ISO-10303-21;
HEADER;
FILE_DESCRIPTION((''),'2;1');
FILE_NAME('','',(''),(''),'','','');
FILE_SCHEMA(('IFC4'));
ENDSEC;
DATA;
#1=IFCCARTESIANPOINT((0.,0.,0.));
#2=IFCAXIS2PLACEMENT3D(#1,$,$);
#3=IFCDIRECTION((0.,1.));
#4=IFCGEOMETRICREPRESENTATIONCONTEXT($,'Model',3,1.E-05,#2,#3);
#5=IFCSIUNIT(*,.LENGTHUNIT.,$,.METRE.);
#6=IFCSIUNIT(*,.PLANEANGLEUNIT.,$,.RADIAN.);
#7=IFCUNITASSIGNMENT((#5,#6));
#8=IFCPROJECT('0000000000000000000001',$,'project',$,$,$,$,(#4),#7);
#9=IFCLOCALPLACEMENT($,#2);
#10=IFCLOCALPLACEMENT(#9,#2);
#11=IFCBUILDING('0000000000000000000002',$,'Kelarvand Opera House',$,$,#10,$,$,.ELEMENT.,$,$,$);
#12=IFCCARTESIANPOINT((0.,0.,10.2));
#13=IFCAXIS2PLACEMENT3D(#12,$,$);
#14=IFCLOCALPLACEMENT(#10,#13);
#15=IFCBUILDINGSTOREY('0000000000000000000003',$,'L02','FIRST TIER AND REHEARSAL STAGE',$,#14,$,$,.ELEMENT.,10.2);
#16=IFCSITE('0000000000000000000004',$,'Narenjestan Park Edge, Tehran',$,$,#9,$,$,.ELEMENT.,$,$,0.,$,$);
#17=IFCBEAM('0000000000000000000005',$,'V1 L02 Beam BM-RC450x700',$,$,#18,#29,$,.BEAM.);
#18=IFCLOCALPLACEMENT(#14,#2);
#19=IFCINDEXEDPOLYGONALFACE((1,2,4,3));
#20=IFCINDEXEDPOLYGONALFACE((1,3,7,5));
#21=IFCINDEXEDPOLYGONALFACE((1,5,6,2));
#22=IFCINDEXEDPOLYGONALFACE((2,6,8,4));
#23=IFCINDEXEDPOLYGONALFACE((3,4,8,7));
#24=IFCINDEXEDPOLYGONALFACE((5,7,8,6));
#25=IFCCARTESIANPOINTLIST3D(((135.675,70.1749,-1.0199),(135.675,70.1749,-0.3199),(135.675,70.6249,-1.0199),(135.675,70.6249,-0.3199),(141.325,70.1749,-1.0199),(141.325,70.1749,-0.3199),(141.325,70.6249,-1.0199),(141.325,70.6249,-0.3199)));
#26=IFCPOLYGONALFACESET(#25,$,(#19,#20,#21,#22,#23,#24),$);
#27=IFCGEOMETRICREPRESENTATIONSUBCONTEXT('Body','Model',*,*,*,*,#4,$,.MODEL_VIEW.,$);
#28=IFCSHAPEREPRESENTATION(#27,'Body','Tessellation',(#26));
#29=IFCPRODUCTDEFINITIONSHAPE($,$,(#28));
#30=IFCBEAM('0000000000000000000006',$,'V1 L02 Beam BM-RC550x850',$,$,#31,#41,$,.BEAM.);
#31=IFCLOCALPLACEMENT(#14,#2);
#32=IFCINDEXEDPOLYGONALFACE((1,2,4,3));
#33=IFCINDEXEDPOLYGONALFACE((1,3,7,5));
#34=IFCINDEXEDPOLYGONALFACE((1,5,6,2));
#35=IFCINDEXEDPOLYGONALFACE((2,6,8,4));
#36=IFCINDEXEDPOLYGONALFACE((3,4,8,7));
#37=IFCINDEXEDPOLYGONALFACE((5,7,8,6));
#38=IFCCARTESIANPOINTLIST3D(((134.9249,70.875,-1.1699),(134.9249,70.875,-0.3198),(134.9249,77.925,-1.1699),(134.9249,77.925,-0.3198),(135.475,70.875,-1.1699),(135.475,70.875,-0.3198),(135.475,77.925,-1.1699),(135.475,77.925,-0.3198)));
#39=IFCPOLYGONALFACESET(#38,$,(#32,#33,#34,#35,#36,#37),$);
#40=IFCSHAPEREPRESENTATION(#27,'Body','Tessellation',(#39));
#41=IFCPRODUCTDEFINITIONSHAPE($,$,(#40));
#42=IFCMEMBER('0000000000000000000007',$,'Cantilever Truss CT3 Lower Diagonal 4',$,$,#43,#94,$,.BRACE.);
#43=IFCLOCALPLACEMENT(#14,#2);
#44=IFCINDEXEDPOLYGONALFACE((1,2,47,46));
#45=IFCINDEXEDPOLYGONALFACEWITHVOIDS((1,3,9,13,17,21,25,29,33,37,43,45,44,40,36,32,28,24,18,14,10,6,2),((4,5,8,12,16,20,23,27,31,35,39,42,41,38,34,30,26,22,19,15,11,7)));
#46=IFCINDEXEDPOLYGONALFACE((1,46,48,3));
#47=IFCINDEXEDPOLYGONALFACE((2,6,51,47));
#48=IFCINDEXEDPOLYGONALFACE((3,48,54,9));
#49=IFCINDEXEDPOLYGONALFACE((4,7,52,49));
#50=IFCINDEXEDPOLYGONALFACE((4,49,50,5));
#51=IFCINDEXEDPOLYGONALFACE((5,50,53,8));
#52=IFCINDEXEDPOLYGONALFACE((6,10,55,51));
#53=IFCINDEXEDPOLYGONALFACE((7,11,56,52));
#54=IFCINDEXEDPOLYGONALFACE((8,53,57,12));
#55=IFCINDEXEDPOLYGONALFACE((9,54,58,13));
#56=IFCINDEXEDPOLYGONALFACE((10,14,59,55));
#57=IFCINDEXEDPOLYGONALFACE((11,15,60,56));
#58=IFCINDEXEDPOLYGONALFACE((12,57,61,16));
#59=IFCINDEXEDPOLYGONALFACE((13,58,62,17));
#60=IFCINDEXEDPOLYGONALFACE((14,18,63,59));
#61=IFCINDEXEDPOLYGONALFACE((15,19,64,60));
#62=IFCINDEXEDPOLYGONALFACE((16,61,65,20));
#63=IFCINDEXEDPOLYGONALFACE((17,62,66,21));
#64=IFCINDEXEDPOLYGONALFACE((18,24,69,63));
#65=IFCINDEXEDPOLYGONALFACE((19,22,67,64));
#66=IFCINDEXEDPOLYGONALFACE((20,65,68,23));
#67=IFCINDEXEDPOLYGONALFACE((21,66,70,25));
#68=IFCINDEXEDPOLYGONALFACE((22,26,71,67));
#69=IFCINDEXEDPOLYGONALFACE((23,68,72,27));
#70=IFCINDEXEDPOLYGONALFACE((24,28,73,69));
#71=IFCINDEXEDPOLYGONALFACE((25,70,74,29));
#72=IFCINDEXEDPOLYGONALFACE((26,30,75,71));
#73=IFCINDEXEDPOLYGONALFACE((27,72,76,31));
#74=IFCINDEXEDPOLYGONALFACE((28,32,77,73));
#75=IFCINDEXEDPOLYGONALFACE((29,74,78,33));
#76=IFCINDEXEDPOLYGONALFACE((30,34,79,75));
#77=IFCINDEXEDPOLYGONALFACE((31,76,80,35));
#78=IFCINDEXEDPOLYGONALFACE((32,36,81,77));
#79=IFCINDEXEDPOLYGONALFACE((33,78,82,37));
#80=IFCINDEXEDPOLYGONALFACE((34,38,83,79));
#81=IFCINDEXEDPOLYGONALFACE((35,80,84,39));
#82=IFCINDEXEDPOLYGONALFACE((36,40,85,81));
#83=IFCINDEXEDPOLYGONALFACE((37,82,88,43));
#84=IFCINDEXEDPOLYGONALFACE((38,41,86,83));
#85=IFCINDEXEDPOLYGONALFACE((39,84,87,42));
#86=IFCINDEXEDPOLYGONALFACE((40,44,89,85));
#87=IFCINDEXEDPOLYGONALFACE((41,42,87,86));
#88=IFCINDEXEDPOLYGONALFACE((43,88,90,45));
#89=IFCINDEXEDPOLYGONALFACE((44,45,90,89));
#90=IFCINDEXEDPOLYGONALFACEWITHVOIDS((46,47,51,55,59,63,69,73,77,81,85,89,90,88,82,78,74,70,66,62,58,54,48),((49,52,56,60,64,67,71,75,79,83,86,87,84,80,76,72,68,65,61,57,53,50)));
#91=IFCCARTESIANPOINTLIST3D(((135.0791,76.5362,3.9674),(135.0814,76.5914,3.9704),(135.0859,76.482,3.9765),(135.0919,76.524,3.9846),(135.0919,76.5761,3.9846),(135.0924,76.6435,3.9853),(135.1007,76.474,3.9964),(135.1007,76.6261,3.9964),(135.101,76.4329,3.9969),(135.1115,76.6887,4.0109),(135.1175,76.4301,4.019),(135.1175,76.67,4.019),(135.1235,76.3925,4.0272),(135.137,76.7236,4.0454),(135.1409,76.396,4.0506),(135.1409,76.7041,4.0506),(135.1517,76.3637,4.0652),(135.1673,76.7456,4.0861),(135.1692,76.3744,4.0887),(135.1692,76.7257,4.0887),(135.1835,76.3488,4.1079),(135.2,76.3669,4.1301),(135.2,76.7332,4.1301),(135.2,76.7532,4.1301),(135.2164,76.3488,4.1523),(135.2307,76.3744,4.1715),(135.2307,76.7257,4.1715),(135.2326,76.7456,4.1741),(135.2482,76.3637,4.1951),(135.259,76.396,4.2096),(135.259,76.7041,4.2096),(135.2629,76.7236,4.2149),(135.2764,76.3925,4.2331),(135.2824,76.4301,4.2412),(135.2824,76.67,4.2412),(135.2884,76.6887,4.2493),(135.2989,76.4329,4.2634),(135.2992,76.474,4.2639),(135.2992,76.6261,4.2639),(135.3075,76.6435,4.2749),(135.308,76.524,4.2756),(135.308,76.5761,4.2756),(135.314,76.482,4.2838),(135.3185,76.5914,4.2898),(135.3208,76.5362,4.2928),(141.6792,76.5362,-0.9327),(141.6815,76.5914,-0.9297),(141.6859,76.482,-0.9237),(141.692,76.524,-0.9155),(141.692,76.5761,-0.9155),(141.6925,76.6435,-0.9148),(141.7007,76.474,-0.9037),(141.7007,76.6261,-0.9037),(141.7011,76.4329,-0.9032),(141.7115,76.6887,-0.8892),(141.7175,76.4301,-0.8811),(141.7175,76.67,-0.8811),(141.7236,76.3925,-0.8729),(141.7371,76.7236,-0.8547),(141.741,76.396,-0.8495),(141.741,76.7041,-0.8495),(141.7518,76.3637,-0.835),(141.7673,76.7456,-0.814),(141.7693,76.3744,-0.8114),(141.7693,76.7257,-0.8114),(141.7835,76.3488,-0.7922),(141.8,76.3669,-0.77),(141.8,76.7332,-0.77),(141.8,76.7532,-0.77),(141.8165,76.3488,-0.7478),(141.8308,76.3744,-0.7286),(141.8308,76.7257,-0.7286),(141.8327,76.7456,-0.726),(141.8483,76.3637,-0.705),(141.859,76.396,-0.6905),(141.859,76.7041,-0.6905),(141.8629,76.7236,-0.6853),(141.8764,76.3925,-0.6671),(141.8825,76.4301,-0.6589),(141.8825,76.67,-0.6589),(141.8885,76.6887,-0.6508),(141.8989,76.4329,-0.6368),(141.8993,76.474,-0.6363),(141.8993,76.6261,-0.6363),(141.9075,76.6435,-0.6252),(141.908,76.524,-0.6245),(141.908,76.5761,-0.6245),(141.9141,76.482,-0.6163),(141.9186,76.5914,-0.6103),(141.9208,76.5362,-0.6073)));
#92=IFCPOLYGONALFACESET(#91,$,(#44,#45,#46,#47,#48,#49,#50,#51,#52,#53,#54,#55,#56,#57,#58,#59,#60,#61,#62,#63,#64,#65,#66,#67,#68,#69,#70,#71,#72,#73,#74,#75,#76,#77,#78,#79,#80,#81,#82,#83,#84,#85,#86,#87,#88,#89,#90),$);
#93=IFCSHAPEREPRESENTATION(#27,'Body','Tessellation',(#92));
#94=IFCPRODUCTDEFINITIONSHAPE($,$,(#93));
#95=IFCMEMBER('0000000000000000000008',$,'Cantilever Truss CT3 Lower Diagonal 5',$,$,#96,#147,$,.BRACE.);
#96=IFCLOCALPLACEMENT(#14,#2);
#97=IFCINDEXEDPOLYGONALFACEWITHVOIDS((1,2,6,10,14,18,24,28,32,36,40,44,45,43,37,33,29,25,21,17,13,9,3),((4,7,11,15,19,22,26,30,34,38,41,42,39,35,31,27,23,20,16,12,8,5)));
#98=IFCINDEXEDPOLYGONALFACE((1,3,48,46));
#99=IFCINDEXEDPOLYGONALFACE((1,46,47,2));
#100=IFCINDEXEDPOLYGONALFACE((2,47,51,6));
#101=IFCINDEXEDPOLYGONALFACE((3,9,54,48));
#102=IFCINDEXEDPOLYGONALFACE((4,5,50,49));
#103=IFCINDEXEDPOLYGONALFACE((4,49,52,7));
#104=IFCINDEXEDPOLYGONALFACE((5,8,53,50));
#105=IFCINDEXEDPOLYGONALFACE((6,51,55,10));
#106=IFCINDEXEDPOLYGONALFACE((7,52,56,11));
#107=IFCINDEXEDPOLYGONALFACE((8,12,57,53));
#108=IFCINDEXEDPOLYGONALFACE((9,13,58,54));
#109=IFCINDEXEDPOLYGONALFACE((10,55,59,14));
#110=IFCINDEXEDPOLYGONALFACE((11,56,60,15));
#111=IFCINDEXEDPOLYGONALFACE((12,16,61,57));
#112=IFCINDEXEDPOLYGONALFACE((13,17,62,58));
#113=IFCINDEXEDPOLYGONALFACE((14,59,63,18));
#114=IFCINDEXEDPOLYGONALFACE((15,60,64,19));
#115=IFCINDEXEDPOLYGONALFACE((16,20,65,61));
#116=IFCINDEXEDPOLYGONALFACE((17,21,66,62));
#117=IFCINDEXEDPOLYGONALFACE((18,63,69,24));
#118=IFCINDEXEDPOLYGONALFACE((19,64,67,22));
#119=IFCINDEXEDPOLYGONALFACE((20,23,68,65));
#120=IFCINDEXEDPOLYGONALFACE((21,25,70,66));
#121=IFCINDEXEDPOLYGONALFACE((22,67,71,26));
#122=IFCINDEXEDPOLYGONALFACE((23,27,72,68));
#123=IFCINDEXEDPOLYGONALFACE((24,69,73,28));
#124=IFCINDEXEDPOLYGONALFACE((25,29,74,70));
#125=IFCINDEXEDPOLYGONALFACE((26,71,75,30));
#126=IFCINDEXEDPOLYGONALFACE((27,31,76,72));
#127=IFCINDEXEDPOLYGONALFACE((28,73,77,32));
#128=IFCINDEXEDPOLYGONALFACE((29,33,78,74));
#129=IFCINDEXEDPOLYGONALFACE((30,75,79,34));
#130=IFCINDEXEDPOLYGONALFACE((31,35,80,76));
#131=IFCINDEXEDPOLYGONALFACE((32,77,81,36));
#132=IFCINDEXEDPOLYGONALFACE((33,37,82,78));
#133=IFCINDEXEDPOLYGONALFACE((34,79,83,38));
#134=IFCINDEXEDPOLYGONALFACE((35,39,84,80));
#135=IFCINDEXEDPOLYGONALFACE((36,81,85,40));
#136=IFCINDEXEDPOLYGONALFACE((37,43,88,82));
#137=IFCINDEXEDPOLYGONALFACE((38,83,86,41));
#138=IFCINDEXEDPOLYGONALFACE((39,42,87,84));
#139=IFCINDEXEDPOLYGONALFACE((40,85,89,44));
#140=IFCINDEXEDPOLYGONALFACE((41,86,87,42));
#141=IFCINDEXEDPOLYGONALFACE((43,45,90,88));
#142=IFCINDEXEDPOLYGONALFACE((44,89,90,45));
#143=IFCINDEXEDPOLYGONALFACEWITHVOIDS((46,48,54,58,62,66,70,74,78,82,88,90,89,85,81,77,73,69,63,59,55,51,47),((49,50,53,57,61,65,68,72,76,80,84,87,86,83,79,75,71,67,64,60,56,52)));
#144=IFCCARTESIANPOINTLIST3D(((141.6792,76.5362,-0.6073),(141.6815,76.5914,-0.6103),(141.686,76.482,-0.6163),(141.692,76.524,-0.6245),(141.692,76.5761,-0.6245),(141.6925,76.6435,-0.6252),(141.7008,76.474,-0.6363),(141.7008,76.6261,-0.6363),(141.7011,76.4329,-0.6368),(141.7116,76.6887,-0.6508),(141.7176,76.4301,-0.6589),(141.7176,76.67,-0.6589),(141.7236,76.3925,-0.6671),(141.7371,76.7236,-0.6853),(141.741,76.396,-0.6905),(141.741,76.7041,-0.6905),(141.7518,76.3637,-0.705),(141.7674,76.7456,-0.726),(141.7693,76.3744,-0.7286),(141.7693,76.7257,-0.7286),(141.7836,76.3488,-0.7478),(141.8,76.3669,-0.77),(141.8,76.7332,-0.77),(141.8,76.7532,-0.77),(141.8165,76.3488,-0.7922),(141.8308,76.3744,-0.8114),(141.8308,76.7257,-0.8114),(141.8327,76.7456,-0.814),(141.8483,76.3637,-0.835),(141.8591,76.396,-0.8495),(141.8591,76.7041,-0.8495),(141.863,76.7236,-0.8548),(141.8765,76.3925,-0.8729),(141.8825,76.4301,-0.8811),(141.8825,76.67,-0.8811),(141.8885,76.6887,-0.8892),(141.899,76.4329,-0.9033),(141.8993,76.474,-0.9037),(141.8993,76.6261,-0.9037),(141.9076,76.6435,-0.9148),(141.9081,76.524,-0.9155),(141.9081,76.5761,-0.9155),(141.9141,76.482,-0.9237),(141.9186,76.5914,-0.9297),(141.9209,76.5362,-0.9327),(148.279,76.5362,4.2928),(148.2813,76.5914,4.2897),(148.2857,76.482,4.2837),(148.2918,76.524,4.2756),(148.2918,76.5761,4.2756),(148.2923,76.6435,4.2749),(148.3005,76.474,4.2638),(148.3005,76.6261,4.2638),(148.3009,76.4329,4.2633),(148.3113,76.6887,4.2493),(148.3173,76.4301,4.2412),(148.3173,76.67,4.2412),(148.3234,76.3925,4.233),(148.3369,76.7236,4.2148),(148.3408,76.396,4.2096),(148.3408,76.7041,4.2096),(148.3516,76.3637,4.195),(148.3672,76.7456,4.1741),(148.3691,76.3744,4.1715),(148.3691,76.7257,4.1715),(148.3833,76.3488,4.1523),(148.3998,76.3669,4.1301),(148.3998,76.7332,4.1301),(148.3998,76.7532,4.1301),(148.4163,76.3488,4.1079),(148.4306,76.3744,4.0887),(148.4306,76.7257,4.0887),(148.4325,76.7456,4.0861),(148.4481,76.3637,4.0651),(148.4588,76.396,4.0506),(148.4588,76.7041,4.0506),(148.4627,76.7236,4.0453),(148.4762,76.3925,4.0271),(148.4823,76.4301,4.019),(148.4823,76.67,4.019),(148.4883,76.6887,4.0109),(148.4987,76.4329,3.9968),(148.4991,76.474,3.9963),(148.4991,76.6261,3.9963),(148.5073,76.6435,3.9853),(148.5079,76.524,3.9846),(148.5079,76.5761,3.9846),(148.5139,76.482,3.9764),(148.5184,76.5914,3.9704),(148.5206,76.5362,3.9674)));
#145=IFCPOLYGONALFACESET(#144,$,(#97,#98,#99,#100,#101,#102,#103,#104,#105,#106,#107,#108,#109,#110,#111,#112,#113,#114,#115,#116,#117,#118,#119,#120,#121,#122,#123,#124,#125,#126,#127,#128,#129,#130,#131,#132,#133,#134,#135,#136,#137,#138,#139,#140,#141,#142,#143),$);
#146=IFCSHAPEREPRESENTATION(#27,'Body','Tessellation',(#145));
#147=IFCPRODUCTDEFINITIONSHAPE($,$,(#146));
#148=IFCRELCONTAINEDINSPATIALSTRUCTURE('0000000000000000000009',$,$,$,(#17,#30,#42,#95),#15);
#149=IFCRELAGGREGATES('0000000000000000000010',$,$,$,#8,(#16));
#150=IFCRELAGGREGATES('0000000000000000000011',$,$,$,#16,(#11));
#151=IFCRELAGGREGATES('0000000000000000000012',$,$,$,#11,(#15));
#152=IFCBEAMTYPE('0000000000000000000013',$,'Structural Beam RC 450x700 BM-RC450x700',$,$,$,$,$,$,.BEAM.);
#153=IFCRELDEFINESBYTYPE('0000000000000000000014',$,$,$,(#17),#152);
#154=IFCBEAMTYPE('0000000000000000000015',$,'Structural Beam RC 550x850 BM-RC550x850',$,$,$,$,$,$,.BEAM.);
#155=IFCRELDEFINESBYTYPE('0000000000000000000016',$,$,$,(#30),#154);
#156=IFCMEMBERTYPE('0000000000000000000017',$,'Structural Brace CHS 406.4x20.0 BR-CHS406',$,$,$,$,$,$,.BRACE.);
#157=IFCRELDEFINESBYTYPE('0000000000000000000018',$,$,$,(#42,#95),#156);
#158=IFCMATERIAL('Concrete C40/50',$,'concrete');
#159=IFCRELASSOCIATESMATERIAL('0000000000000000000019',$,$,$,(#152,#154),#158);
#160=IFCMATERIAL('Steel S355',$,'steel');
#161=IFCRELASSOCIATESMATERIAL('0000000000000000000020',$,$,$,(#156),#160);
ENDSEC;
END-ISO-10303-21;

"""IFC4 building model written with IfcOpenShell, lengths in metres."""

from ifc_helpers import new_model, si_unit, direction, frame, origin, origin_2d, place, context, subcontext, project, spatial, rectangle, hollow_circle, extrude, material, material_profile, profile_set, type_object, element, save


model = new_model("IFC4")

# Units and contexts
model_context = context("Model", 3, precision=1e-05, world=origin(), true_north=direction((0.0, 1.0)))
body_context = subcontext(model_context, "Body", "Model", "MODEL_VIEW")
ifc_project = project(units=[si_unit("LENGTHUNIT", "METRE"), si_unit("PLANEANGLEUNIT", "RADIAN")], contexts=[model_context])

# Site, building, storey
site_placement = place(None, origin())
site = spatial("IfcSite", under=ifc_project, at=site_placement, Name="Narenjestan Park Edge, Tehran", CompositionType="ELEMENT", RefElevation=0.0)
building_placement = place(site_placement, origin())
building = spatial("IfcBuilding", under=site, at=building_placement, Name="Kelarvand Opera House", CompositionType="ELEMENT")
storey_placement = place(building_placement, frame((0.0, 0.0, 10.2)))
storey = spatial("IfcBuildingStorey", under=building, at=storey_placement, Name="L02", Description="FIRST TIER AND REHEARSAL STAGE", CompositionType="ELEMENT", Elevation=10.2)

# Beams
ifc_material_1 = material(Name="Concrete C40/50", Category="concrete")
ifc_material_profile_1 = material_profile(ifc_material_1, rectangle(XDim=0.45, YDim=0.7, at=origin_2d()), Name="RC 450x700", Category="concrete")
ifc_profile_set_1 = profile_set([ifc_material_profile_1], Name="Concrete C40/50")
beam_type_1 = type_object("IfcBeamType", Name="Structural Beam RC 450x700 BM-RC450x700", PredefinedType="BEAM", material=ifc_profile_set_1)
beam_1_placement = place(storey_placement, frame((135.675, 70.3999, -0.6699), z_axis=(1.0, 0.0, 0.0), x_axis=(0.0, 1.0, 0.0)))
element("IfcBeam", 1, at=beam_1_placement, inside=storey, type_object=beam_type_1, Name="V1 L02 Beam BM-RC450x700", PredefinedType="BEAM", context=body_context, shape_type="SweptSolid", body=[
    extrude(rectangle(XDim=0.45, YDim=0.7, at=origin_2d()), origin(), (0.0, 0.0, 1.0), 5.6499),
])
ifc_material_profile_2 = material_profile(ifc_material_1, rectangle(XDim=0.55, YDim=0.8501, at=origin_2d()), Name="RC 550x850", Category="concrete")
ifc_profile_set_2 = profile_set([ifc_material_profile_2], Name="Concrete C40/50")
beam_type_2 = type_object("IfcBeamType", Name="Structural Beam RC 550x850 BM-RC550x850", PredefinedType="BEAM", material=ifc_profile_set_2)
beam_2_placement = place(storey_placement, frame((135.2, 70.875, -0.7449), z_axis=(0.0, 1.0, 0.0), x_axis=(-1.0, 0.0, 0.0)))
element("IfcBeam", 2, at=beam_2_placement, inside=storey, type_object=beam_type_2, Name="V1 L02 Beam BM-RC550x850", PredefinedType="BEAM", context=body_context, shape_type="SweptSolid", body=[
    extrude(rectangle(XDim=0.55, YDim=0.8501, at=origin_2d()), origin(), (0.0, 0.0, 1.0), 7.05),
])

# Members
ifc_material_2 = material(Name="Steel S355", Category="steel")
ifc_material_profile_3 = material_profile(ifc_material_2, hollow_circle(Radius=0.2031, WallThickness=0.02, at=origin_2d()), Name="CHS 406.4x20.0", Category="steel")
ifc_profile_set_3 = profile_set([ifc_material_profile_3], Name="Steel S355")
member_type_1 = type_object("IfcMemberType", Name="Structural Brace CHS 406.4x20.0 BR-CHS406", PredefinedType="BRACE", material=ifc_profile_set_3)
member_1_placement = place(storey_placement, frame((135.2, 76.55, 4.1301), z_axis=(0.802906, 0.0, -0.596106), x_axis=(0.0, 1.0, 0.0)))
element("IfcMember", 3, at=member_1_placement, inside=storey, type_object=member_type_1, Name="Cantilever Truss CT3 Lower Diagonal 4", PredefinedType="BRACE", context=body_context, shape_type="SweptSolid", body=[
    extrude(hollow_circle(Radius=0.2031, WallThickness=0.02, at=origin_2d()), origin(), (0.0, 0.0, 1.0), 8.2202),
])
member_2_placement = place(storey_placement, frame((141.8, 76.55, -0.77), z_axis=(0.802895, 0.0, 0.59612), x_axis=(0.0, 1.0, 0.0)))
element("IfcMember", 4, at=member_2_placement, inside=storey, type_object=member_type_1, Name="Cantilever Truss CT3 Lower Diagonal 5", PredefinedType="BRACE", context=body_context, shape_type="SweptSolid", body=[
    extrude(hollow_circle(Radius=0.2031, WallThickness=0.02, at=origin_2d()), origin(), (0.0, 0.0, 1.0), 8.22),
])

save(model, "model.ifc")
